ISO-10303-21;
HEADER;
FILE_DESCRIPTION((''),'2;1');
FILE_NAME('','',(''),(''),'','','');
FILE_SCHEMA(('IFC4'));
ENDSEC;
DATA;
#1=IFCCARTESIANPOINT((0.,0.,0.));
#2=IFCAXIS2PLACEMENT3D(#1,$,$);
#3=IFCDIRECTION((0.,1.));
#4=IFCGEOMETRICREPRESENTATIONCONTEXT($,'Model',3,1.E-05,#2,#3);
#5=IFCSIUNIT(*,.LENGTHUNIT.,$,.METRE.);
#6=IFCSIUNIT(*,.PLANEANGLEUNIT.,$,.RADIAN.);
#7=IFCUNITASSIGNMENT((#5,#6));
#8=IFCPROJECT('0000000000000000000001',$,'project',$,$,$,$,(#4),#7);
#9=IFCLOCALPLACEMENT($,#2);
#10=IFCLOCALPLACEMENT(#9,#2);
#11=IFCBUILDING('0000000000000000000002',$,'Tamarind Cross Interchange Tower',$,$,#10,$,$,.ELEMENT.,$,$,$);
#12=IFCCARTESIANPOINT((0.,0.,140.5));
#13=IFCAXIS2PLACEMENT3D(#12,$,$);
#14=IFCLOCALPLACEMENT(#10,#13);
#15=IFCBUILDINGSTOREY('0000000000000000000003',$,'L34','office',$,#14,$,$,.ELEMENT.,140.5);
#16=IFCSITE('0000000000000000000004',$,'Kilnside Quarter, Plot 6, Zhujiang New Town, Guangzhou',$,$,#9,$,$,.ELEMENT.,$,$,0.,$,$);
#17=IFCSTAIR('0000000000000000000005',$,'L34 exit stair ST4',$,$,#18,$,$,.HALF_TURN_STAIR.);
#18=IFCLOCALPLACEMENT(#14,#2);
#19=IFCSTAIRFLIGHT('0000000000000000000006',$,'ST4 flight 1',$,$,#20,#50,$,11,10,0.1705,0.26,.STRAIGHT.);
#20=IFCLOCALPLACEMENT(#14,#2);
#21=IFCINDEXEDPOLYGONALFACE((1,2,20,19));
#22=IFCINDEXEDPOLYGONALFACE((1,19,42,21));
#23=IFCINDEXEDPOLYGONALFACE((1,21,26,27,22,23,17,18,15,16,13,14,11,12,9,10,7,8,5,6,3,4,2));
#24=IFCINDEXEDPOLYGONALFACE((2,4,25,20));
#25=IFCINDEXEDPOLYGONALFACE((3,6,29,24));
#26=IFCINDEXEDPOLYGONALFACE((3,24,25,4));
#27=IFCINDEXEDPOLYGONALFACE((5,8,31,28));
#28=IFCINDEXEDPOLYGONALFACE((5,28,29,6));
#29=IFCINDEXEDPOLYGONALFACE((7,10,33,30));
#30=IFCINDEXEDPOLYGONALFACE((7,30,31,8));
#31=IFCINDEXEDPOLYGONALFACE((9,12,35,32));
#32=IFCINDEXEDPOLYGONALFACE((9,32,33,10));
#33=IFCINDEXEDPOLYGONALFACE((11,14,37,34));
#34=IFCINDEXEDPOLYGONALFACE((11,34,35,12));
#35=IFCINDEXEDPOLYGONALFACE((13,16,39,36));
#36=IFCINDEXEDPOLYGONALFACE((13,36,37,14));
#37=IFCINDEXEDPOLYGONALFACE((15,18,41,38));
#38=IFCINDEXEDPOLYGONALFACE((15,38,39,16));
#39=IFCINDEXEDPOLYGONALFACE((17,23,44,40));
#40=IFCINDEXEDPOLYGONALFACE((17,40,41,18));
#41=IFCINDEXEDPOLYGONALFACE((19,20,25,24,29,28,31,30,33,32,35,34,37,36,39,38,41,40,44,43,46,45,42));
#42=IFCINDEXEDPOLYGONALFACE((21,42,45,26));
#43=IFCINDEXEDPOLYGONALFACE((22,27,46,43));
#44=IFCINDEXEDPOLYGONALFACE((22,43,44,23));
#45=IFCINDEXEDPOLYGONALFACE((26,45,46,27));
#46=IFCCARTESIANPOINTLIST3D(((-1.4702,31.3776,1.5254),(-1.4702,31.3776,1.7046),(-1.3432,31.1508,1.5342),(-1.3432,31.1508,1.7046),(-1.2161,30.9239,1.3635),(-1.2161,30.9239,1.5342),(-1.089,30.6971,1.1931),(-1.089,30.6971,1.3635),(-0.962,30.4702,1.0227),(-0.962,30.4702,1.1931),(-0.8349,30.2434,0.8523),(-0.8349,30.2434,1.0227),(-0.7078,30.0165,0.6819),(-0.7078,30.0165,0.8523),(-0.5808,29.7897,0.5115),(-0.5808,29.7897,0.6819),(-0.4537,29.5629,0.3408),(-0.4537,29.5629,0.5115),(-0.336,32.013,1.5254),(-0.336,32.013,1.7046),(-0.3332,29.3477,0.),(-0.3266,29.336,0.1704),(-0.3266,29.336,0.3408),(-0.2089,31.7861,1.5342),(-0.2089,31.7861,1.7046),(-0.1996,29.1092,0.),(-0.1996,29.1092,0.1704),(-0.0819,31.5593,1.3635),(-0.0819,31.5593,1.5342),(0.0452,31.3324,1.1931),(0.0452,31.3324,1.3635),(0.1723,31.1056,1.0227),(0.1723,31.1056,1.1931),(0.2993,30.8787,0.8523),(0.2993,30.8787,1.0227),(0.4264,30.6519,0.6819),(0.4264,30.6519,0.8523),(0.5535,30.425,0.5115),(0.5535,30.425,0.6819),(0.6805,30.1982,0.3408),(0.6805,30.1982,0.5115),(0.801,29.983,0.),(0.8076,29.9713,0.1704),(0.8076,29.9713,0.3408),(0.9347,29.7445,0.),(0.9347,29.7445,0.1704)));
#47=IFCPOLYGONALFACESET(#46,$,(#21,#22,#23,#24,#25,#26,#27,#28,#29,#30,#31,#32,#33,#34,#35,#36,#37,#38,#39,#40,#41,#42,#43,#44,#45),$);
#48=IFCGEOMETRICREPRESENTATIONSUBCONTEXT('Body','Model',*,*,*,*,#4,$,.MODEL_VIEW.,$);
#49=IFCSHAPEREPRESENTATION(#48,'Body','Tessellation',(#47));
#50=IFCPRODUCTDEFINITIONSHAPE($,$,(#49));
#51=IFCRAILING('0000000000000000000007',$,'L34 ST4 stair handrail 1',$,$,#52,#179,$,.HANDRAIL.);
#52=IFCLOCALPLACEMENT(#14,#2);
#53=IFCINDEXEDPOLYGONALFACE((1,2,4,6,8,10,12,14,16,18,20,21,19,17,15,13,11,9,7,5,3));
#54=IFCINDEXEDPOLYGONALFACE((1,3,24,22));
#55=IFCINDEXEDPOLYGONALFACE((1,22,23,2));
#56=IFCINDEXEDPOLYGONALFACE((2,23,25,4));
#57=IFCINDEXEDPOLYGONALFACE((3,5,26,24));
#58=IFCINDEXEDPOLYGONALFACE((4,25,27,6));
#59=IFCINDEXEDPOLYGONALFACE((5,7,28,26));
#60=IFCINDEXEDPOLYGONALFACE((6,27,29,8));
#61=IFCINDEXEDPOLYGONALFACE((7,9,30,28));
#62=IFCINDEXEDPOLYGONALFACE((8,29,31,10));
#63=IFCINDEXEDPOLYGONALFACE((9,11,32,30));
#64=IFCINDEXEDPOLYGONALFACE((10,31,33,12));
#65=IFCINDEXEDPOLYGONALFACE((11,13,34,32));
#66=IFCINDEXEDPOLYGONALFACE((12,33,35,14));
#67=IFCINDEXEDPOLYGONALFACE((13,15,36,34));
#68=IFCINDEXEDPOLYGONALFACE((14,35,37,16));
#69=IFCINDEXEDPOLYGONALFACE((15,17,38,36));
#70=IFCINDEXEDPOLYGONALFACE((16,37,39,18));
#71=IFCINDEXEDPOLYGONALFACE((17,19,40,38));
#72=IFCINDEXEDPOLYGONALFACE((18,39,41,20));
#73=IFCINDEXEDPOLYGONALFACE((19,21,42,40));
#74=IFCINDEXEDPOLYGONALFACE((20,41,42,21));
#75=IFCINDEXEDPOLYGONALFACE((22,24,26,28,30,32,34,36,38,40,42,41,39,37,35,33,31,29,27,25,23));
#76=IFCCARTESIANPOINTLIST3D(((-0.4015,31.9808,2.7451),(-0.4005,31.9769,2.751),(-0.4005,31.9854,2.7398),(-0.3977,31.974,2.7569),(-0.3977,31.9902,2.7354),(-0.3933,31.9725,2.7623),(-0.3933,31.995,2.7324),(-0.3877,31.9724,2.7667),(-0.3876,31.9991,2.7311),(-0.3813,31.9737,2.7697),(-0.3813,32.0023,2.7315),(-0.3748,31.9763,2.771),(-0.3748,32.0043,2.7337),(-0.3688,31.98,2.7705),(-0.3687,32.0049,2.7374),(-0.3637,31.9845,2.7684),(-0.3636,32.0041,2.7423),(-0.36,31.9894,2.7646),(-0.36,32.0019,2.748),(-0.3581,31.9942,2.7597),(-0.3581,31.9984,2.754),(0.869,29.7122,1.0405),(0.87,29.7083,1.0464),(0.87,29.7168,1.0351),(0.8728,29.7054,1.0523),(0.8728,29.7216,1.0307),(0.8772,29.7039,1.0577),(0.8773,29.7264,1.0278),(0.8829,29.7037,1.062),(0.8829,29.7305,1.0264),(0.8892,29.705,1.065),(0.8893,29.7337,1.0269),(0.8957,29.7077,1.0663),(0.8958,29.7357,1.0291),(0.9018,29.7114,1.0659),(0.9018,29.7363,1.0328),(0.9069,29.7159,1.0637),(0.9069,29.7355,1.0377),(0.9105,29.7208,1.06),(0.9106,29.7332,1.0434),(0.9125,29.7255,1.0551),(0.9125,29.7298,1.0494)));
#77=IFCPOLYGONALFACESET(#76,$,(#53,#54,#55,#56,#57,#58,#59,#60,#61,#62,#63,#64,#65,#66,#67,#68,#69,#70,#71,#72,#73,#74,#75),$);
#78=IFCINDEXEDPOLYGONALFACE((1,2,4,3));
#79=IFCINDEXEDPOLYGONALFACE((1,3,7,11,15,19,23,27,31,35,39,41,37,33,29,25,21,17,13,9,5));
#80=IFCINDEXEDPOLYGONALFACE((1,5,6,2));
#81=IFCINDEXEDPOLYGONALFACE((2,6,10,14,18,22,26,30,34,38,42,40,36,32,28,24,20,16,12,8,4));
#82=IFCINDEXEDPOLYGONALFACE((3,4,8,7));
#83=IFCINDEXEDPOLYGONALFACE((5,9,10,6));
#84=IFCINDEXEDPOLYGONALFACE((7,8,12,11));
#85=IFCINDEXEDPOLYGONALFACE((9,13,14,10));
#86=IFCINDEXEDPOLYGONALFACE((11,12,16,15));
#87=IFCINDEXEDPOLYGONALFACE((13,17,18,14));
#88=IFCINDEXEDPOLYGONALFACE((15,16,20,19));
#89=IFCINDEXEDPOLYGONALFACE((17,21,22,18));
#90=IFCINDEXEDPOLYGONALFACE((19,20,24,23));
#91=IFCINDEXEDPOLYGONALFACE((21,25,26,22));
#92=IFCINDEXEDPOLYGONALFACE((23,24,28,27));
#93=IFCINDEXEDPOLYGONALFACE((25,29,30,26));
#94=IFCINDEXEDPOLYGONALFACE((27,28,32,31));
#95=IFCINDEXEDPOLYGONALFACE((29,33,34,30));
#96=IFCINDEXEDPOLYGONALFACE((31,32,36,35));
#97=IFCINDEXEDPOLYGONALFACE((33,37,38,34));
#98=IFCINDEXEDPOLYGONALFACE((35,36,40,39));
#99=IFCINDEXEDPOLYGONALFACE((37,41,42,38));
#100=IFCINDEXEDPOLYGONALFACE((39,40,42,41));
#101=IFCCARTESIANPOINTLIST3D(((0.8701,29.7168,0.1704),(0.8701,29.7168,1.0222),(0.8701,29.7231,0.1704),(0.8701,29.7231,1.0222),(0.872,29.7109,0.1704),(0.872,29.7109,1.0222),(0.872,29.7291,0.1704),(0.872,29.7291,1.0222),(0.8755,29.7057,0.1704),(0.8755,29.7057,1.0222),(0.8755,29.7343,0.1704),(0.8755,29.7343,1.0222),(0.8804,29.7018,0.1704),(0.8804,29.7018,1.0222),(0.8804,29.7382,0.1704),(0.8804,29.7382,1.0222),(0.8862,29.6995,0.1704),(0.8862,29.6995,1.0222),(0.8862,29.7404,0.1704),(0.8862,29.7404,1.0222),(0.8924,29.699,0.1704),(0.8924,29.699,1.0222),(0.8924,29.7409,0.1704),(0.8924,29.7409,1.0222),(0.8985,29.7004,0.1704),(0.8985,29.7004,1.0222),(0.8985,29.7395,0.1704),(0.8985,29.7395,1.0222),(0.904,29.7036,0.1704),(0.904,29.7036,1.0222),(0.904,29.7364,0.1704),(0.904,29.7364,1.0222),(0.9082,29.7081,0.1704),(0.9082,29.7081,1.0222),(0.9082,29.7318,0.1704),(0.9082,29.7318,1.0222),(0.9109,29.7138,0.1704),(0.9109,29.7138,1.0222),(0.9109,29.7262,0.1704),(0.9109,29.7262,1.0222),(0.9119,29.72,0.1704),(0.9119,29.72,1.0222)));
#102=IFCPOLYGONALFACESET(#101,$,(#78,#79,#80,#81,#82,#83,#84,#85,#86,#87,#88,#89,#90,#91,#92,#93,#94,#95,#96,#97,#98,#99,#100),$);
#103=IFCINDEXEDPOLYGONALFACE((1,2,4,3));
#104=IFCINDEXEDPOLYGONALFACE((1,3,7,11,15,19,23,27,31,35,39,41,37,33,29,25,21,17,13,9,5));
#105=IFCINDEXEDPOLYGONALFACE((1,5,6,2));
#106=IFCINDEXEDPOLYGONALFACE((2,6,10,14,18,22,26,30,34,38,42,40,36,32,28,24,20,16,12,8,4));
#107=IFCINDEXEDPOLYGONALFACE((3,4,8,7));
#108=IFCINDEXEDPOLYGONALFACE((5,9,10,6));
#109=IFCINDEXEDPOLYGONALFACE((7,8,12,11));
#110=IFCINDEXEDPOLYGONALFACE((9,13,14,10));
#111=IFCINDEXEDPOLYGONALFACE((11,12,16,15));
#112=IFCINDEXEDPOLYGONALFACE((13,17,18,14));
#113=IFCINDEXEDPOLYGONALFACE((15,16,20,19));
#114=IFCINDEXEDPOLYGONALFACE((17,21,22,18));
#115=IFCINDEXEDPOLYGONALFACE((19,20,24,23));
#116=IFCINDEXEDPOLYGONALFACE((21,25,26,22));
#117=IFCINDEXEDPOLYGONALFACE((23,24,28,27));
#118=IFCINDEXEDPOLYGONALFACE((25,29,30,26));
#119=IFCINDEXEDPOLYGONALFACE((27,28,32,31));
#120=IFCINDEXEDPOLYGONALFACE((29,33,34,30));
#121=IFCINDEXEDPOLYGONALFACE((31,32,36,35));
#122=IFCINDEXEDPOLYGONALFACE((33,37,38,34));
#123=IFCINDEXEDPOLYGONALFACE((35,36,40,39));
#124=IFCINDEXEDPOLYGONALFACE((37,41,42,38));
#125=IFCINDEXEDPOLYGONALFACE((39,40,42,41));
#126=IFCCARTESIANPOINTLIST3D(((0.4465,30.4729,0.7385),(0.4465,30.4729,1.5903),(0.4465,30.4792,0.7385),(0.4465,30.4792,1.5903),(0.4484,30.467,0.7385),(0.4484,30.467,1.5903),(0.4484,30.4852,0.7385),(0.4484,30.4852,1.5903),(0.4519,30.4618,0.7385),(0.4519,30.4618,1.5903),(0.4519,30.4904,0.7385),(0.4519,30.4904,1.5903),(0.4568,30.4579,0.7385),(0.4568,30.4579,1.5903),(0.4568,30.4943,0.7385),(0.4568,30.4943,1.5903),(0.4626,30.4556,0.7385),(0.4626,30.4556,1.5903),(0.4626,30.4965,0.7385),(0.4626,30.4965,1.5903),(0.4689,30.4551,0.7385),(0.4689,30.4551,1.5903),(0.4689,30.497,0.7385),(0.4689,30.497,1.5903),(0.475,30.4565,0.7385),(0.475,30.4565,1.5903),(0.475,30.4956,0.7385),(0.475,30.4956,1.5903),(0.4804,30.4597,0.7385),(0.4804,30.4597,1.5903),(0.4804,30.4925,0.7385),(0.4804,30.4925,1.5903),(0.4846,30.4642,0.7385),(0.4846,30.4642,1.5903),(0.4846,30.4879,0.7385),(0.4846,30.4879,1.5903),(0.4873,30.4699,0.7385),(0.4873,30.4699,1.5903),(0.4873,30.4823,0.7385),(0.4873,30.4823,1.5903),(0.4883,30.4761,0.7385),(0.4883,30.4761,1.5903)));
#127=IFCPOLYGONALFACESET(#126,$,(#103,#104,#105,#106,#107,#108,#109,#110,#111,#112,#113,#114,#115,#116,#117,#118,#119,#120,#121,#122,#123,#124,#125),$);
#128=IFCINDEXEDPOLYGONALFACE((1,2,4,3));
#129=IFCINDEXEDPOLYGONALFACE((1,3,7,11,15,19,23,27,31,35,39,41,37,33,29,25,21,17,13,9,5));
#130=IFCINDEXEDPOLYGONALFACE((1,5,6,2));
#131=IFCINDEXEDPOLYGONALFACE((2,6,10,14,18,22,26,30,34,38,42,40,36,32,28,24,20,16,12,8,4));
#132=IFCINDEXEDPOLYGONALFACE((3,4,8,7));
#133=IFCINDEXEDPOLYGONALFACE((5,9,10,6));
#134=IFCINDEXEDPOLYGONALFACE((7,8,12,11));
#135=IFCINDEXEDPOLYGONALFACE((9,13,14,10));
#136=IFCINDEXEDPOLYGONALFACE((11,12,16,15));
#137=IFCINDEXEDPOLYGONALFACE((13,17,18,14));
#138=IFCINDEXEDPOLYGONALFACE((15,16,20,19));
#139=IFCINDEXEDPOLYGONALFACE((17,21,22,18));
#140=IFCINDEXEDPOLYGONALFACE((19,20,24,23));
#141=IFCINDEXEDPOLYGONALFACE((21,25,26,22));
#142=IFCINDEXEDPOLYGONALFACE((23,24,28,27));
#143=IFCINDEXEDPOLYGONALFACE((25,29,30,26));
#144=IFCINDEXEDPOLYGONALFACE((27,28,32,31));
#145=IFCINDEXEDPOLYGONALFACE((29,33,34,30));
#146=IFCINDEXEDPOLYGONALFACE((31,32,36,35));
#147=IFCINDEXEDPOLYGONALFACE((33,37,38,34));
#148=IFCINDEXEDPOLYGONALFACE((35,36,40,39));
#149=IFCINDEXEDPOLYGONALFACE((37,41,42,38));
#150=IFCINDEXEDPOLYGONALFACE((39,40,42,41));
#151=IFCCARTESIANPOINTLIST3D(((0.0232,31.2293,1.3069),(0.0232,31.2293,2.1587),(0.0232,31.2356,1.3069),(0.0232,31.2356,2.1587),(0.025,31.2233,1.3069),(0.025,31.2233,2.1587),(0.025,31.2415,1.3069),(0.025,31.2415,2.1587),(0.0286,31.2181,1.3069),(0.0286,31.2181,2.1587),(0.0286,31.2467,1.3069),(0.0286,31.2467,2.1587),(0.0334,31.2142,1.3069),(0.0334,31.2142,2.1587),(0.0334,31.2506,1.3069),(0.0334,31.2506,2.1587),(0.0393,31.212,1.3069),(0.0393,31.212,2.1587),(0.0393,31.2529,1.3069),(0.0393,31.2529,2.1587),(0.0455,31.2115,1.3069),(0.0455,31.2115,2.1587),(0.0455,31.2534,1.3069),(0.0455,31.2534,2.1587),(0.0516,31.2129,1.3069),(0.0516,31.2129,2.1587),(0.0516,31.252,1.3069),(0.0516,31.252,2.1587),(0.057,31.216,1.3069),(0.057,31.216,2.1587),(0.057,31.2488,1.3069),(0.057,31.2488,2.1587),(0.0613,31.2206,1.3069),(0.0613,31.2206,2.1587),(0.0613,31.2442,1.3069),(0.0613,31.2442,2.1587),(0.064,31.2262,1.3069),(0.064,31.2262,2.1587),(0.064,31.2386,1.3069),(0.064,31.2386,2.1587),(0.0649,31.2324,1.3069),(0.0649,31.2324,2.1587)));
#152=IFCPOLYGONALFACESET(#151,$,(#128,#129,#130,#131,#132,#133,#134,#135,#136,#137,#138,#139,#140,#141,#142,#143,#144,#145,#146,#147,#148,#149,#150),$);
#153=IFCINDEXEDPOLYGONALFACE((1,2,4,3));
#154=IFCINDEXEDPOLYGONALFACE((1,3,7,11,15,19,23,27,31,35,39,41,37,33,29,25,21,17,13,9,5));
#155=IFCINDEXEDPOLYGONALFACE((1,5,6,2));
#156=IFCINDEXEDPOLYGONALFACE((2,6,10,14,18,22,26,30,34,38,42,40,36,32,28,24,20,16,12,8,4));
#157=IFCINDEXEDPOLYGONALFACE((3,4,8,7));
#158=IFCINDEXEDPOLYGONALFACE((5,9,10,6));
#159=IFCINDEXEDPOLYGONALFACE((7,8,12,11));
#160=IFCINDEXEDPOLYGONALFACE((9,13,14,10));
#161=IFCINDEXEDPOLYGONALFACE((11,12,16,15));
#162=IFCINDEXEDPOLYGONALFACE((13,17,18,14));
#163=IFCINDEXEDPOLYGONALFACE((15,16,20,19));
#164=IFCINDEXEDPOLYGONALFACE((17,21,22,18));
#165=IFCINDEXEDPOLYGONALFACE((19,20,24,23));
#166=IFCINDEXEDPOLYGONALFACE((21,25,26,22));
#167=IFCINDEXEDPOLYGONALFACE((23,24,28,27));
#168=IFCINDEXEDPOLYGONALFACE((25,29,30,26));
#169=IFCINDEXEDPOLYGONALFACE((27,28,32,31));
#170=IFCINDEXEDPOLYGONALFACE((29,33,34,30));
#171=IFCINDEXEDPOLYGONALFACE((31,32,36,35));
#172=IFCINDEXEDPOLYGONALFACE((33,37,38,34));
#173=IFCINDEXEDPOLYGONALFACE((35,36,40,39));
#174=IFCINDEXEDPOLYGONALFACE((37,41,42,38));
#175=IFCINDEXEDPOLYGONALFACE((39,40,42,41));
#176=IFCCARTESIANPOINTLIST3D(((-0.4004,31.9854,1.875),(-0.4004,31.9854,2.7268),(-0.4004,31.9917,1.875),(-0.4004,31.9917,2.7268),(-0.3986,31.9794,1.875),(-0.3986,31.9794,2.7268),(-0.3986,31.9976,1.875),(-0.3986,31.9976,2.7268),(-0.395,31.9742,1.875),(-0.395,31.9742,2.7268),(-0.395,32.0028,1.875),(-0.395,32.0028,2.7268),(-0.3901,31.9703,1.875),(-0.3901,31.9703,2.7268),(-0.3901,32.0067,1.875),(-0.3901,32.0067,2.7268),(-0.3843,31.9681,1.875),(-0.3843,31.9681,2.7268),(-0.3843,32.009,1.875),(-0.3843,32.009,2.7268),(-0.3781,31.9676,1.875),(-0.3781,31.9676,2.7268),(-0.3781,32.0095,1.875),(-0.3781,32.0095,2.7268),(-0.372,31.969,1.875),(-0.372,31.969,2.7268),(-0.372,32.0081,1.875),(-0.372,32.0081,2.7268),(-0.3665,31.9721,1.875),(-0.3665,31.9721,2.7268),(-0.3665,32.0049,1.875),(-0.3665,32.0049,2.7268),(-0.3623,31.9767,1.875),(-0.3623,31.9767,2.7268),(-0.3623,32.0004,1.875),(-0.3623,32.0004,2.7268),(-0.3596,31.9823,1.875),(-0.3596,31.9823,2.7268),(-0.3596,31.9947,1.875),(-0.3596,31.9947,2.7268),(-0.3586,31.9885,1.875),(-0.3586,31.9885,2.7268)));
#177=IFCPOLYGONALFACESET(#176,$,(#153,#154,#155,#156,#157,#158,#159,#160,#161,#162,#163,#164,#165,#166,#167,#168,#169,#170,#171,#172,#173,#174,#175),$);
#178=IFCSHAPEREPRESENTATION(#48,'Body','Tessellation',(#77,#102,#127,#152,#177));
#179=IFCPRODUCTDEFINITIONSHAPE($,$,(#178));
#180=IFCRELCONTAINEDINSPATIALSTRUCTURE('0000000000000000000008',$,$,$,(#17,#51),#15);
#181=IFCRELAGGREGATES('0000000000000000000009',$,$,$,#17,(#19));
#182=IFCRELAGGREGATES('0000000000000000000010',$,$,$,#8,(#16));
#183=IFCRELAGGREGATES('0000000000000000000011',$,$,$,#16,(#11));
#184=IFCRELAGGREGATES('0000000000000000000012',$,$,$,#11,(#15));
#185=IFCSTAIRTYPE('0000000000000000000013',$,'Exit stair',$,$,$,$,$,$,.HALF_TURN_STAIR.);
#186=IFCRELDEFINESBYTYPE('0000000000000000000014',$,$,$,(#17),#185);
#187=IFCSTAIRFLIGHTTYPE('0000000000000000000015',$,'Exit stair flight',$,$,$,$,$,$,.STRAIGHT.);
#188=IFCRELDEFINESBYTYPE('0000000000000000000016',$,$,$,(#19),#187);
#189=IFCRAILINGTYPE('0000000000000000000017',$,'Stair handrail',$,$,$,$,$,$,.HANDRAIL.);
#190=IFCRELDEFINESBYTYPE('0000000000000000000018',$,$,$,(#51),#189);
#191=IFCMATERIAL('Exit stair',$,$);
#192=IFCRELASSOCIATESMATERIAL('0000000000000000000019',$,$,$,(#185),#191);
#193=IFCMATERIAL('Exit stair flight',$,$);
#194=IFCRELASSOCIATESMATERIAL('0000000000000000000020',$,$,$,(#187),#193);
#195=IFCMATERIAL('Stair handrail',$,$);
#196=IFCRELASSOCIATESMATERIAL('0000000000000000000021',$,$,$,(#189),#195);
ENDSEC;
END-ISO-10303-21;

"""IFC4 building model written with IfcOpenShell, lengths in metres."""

from ifc_helpers import new_model, si_unit, direction, frame, origin, origin_2d, place, context, subcontext, project, spatial, polyline, circle, outline, extrude, material, type_object, element, aggregate, save


model = new_model("IFC4")

# Units and contexts
model_context = context("Model", 3, precision=1e-05, world=origin(), true_north=direction((0.0, 1.0)))
body_context = subcontext(model_context, "Body", "Model", "MODEL_VIEW")
ifc_project = project(units=[si_unit("LENGTHUNIT", "METRE"), si_unit("PLANEANGLEUNIT", "RADIAN")], contexts=[model_context])

# Site, building, storey
site_placement = place(None, origin())
site = spatial("IfcSite", under=ifc_project, at=site_placement, Name="Kilnside Quarter, Plot 6, Zhujiang New Town, Guangzhou", CompositionType="ELEMENT", RefElevation=0.0)
building_placement = place(site_placement, origin())
building = spatial("IfcBuilding", under=site, at=building_placement, Name="Tamarind Cross Interchange Tower", CompositionType="ELEMENT")
storey_placement = place(building_placement, frame((0.0, 0.0, 140.5)))
storey = spatial("IfcBuildingStorey", under=building, at=storey_placement, Name="L34", Description="office", CompositionType="ELEMENT", Elevation=140.5)

# Shared definitions
ifc_material_1 = material(Name="Exit stair")
stair_type = type_object("IfcStairType", Name="Exit stair", PredefinedType="HALF_TURN_STAIR", material=ifc_material_1)

# Stair, stair flight
stair_1_placement = place(storey_placement, origin())
stair_1 = element("IfcStair", 1, at=stair_1_placement, inside=storey, type_object=stair_type, Name="L34 exit stair ST4", PredefinedType="HALF_TURN_STAIR")
ifc_material_2 = material(Name="Exit stair flight")
stair_flight_type = type_object("IfcStairFlightType", Name="Exit stair flight", PredefinedType="STRAIGHT", material=ifc_material_2)
stair_flight_placement = place(storey_placement, frame((0.3674, 29.4268, 0.0), z_axis=(0.0, 0.0, 1.0), x_axis=(-0.488688, 0.872458, 0.0)))
stair_flight = element("IfcStairFlight", 2, at=stair_flight_placement, type_object=stair_flight_type, Name="ST4 flight 1", NumberOfRisers=11, NumberOfTreads=10, PredefinedType="STRAIGHT", RiserHeight=0.1705, TreadLength=0.26, context=body_context, shape_type="SweptSolid", body=[
    extrude(outline(polyline([(0.0, 0.0), (0.0, 0.1704), (0.26, 0.1704), (0.26, 0.3408), (0.52, 0.3408), (0.52, 0.5115), (0.78, 0.5115), (0.78, 0.6819), (1.04, 0.6819), (1.04, 0.8523), (1.3, 0.8523), (1.3, 1.0227), (1.5601, 1.0227), (1.5601, 1.1931), (1.8201, 1.1931), (1.8201, 1.3635), (2.0801, 1.3635), (2.0801, 1.5342), (2.3401, 1.5342), (2.3401, 1.7046), (2.6001, 1.7046), (2.6001, 1.875), (2.6001, 1.5254), (0.2734, 0.0), (0.0, 0.0)])), frame((0.0, 0.6499, 0.0), z_axis=(0.0, -1.0, 0.0), x_axis=(1.0, 0.0, 0.0)), (0.0, 0.0, 1.0), 1.3),
])
aggregate(stair_1, [stair_flight])

# Railing
ifc_material_3 = material(Name="Stair handrail")
railing_type = type_object("IfcRailingType", Name="Stair handrail", PredefinedType="HANDRAIL", material=ifc_material_3)
railing_placement = place(storey_placement, frame((0.8909, 29.72, 0.1704)))
element("IfcRailing", 3, at=railing_placement, inside=storey, type_object=railing_type, Name="L34 ST4 stair handrail 1", PredefinedType="HANDRAIL", context=body_context, shape_type="SweptSolid", body=[
    extrude(circle(Radius=0.0239, at=origin_2d()), frame((0.0, 0.0, 0.876), z_axis=(-0.408649, 0.729663, 0.548268), x_axis=(-0.872487, -0.488638, 0.0)), (0.0, 0.0, 1.0), 3.1091),
    extrude(circle(Radius=0.021, at=origin_2d()), origin(), (0.0, 0.0, 1.0), 0.8518),
    extrude(circle(Radius=0.021, at=origin_2d()), frame((-0.4236, 0.7561, 0.5681)), (0.0, 0.0, 1.0), 0.8518),
    extrude(circle(Radius=0.021, at=origin_2d()), frame((-0.8469, 1.5125, 1.1365)), (0.0, 0.0, 1.0), 0.8518),
    extrude(circle(Radius=0.021, at=origin_2d()), frame((-1.2705, 2.2686, 1.7046)), (0.0, 0.0, 1.0), 0.8518),
])

save(model, "model.ifc")
